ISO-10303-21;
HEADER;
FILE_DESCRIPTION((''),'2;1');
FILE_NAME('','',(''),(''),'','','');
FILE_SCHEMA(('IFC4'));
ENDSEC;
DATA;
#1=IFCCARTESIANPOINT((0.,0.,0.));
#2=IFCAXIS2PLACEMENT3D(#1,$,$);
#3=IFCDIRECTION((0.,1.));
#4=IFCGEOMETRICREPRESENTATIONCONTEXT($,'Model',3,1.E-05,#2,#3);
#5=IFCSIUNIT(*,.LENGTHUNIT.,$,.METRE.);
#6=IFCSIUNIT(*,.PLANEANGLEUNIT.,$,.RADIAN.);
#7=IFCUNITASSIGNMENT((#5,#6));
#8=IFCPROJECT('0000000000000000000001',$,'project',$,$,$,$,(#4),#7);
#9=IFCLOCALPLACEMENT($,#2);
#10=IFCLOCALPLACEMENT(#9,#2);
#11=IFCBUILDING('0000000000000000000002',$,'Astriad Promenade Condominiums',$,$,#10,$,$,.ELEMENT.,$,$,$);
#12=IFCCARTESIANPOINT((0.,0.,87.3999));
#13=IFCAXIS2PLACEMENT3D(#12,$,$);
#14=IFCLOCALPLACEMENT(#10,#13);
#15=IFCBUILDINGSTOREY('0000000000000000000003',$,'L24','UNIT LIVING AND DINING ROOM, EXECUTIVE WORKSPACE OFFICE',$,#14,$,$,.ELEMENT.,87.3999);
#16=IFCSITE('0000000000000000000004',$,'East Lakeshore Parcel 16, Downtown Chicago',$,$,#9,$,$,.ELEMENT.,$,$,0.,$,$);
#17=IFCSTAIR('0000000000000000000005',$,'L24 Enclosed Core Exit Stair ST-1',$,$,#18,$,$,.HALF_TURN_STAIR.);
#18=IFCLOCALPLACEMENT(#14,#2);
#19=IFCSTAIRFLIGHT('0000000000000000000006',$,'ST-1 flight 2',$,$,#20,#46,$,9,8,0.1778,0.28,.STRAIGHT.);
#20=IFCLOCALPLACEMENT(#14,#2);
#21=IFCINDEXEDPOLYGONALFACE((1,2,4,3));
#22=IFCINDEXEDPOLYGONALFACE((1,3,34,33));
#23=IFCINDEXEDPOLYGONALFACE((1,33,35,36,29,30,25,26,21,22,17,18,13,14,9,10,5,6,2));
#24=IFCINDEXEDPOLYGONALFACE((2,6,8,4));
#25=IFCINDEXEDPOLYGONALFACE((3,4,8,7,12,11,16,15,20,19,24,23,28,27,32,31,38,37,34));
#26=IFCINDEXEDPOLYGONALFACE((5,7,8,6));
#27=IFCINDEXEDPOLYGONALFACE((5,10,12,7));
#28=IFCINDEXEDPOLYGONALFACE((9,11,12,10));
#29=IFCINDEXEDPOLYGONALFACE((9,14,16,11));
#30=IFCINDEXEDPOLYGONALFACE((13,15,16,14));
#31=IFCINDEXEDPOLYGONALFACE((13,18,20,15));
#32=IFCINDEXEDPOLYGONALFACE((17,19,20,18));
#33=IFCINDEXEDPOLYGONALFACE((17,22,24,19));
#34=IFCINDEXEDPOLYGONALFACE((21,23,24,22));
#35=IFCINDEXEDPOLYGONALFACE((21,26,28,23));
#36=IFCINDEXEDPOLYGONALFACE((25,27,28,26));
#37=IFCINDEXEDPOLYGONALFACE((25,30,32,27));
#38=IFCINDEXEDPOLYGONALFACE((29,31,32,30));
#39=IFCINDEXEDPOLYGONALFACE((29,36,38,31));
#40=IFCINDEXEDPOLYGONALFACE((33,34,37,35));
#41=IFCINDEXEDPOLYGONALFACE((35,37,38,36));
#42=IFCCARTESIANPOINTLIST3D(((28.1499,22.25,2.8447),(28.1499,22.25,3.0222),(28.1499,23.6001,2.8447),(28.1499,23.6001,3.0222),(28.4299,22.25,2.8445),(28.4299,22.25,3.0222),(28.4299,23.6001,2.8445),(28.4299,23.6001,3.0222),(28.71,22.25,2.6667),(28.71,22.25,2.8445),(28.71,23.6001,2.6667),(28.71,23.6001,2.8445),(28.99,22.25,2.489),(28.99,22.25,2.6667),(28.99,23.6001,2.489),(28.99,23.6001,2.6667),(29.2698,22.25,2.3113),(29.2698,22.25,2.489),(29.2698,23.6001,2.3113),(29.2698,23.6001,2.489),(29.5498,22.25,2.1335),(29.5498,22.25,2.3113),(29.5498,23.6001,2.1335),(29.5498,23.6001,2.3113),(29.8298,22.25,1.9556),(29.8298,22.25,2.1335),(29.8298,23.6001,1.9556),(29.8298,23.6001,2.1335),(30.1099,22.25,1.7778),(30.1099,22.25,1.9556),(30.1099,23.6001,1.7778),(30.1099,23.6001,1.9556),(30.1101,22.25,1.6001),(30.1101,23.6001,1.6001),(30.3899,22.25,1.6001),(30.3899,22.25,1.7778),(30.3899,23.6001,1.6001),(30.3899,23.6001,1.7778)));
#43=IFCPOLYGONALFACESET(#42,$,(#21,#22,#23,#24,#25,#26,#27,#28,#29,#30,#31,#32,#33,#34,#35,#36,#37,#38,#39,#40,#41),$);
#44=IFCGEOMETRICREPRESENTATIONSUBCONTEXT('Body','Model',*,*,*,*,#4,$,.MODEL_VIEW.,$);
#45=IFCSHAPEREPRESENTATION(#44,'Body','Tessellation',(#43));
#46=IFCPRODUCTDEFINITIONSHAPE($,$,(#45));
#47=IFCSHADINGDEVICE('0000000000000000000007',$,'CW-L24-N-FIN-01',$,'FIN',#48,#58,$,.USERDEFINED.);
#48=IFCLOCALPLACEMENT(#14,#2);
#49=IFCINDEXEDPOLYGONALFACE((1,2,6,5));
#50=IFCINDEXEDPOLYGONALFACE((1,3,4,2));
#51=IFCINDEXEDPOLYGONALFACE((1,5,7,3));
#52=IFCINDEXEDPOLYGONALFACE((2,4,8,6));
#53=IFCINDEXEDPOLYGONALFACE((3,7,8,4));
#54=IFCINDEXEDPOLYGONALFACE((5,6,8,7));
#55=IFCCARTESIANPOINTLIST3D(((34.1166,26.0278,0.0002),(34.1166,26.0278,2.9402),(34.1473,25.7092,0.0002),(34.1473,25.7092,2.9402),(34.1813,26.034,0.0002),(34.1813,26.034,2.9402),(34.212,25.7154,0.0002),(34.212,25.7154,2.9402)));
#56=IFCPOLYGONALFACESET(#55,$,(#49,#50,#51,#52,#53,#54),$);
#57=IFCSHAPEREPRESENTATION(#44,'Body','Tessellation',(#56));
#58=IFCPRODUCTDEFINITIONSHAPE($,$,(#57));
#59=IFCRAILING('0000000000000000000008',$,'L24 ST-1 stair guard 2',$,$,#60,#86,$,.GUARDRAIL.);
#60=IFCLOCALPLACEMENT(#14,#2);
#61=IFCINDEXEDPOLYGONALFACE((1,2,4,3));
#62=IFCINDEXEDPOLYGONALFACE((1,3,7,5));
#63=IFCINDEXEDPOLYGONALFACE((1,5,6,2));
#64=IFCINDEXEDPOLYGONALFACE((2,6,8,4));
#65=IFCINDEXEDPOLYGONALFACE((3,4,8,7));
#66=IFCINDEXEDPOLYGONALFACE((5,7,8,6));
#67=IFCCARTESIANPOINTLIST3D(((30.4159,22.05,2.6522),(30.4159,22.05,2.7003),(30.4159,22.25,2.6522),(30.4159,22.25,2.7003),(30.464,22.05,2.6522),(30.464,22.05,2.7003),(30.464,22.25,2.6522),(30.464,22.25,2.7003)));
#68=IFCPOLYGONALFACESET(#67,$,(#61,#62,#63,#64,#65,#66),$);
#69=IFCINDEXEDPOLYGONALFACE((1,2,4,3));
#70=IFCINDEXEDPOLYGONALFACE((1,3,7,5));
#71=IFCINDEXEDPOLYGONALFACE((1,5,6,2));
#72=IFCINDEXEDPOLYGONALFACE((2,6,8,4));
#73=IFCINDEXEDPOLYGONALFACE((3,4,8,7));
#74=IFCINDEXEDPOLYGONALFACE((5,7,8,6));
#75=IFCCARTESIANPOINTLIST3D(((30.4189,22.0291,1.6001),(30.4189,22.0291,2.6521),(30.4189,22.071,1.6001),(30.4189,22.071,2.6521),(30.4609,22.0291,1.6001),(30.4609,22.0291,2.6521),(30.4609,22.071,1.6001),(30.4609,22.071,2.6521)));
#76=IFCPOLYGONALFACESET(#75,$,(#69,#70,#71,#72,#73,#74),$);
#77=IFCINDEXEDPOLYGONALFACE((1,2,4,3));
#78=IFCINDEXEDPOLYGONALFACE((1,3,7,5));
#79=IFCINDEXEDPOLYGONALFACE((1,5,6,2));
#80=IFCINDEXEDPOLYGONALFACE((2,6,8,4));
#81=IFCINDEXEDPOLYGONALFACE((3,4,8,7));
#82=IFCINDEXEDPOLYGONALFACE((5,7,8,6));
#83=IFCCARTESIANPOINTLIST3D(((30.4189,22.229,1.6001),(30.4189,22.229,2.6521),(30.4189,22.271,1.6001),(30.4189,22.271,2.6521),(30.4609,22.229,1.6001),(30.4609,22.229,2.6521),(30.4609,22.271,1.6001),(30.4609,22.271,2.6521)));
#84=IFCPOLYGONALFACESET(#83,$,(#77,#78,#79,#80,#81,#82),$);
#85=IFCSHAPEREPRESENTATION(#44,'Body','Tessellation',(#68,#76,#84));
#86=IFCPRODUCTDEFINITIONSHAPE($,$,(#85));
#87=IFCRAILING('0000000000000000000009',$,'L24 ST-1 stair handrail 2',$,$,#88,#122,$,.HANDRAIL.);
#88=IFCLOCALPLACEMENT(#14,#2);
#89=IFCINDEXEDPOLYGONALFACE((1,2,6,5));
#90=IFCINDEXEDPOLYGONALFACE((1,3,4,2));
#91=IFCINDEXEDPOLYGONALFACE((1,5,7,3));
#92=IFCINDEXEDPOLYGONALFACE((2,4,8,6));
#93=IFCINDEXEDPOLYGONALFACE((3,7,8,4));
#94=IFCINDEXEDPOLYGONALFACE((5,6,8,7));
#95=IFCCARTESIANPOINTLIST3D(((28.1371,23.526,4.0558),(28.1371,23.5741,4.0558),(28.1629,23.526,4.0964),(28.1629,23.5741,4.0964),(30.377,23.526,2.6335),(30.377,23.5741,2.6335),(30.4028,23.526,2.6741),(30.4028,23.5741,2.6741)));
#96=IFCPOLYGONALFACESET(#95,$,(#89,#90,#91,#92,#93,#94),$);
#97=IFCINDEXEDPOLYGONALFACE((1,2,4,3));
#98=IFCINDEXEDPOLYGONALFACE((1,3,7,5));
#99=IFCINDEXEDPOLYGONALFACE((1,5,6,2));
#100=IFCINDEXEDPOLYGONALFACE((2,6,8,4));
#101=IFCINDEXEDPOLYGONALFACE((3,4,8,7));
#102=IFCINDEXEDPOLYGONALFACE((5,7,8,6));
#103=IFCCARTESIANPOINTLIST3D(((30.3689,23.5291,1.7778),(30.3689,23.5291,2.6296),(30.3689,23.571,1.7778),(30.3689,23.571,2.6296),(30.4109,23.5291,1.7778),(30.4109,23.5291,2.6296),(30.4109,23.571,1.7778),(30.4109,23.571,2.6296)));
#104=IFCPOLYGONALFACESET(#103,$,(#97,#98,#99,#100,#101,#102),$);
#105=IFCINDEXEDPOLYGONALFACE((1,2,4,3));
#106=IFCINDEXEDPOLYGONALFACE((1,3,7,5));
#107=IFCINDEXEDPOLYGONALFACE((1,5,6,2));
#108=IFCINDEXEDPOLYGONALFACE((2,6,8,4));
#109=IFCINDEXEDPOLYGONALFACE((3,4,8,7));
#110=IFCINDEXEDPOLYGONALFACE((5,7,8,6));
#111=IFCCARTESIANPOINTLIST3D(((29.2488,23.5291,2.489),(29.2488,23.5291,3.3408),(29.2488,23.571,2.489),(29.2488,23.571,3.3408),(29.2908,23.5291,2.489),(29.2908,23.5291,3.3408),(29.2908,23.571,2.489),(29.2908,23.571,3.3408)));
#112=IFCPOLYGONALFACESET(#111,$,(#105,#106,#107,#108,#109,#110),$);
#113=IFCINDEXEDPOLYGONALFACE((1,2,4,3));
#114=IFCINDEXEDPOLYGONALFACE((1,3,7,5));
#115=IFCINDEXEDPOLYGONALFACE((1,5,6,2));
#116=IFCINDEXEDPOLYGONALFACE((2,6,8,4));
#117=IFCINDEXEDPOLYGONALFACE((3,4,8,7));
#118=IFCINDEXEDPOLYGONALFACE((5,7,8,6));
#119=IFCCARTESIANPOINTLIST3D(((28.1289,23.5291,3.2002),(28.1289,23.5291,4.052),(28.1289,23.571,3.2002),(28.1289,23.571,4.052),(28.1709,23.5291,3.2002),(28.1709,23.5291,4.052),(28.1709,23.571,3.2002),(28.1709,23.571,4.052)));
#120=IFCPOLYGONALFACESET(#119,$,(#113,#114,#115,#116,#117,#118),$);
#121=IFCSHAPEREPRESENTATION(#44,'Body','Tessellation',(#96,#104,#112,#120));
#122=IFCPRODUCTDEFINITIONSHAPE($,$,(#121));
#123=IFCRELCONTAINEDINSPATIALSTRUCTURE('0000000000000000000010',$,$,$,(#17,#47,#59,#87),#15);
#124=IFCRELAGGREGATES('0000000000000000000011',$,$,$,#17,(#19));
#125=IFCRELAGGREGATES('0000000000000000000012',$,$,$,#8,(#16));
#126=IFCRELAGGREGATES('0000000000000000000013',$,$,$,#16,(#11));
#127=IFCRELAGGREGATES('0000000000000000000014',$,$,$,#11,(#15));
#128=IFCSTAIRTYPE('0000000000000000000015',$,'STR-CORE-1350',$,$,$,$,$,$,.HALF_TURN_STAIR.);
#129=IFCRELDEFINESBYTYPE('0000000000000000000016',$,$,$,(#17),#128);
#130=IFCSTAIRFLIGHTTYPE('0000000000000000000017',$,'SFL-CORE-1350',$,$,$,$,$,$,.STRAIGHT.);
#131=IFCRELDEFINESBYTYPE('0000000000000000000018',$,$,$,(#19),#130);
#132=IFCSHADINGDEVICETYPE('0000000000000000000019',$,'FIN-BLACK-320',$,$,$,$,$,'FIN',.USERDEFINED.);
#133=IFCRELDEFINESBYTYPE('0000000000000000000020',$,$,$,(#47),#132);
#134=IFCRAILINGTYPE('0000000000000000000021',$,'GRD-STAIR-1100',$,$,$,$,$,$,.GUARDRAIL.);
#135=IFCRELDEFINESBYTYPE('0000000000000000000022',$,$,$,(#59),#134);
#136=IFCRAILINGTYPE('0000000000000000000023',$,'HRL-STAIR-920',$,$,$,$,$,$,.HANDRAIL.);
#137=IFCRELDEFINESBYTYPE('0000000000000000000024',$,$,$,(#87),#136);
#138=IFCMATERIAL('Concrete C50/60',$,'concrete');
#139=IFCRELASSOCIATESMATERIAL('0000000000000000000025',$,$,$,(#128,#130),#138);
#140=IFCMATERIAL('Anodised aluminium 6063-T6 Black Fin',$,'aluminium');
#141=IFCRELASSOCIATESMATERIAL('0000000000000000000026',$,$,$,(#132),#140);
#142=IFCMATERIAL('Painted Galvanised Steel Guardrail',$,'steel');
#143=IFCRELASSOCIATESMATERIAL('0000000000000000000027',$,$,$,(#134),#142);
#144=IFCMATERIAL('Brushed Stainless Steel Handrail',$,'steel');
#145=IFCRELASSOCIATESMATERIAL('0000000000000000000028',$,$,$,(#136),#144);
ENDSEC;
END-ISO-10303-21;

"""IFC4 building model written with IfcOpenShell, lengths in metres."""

from ifc_helpers import new_model, si_unit, direction, frame, origin, origin_2d, place, context, subcontext, project, spatial, polyline, rectangle, outline, extrude, source, transform, mapped, material, type_object, type_shapes, element, aggregate, save


model = new_model("IFC4")

# Units and contexts
model_context = context("Model", 3, precision=1e-05, world=origin(), true_north=direction((0.0, 1.0)))
body_context = subcontext(model_context, "Body", "Model", "MODEL_VIEW")
ifc_project = project(units=[si_unit("LENGTHUNIT", "METRE"), si_unit("PLANEANGLEUNIT", "RADIAN")], contexts=[model_context])

# Site, building, storey
site_placement = place(None, origin())
site = spatial("IfcSite", under=ifc_project, at=site_placement, Name="East Lakeshore Parcel 16, Downtown Chicago", CompositionType="ELEMENT", RefElevation=0.0)
building_placement = place(site_placement, origin())
building = spatial("IfcBuilding", under=site, at=building_placement, Name="Astriad Promenade Condominiums", CompositionType="ELEMENT")
storey_placement = place(building_placement, frame((0.0, 0.0, 87.3999)))
storey = spatial("IfcBuildingStorey", under=building, at=storey_placement, Name="L24", Description="UNIT LIVING AND DINING ROOM, EXECUTIVE WORKSPACE OFFICE", CompositionType="ELEMENT", Elevation=87.3999)

# Shared definitions
ifc_material_1 = material(Name="Concrete C50/60", Category="concrete")

# Stair, stair flight
stair_type = type_object("IfcStairType", Name="STR-CORE-1350", PredefinedType="HALF_TURN_STAIR", material=ifc_material_1)
stair_placement = place(storey_placement, origin())
stair = element("IfcStair", 1, at=stair_placement, inside=storey, type_object=stair_type, Name="L24 Enclosed Core Exit Stair ST-1", PredefinedType="HALF_TURN_STAIR")
stair_flight_type = type_object("IfcStairFlightType", Name="SFL-CORE-1350", PredefinedType="STRAIGHT", material=ifc_material_1)
shared_shape_1 = source(origin(), body_context, "Body", "SweptSolid", [
    extrude(outline(polyline([(0.0, 0.0), (0.0, 0.1777), (0.28, 0.1777), (0.28, 0.3555), (0.5601, 0.3555), (0.5601, 0.5334), (0.8401, 0.5334), (0.8401, 0.7112), (1.1201, 0.7112), (1.1201, 0.8889), (1.3999, 0.8889), (1.3999, 1.0667), (1.6799, 1.0667), (1.6799, 1.2444), (1.96, 1.2444), (1.96, 1.4221), (2.24, 1.4221), (2.24, 1.6001), (2.24, 1.2446), (0.2798, 0.0), (0.0, 0.0)])), frame((0.0, 0.675, 0.0), z_axis=(0.0, -1.0, 0.0), x_axis=(1.0, 0.0, 0.0)), (0.0, 0.0, 1.0), 1.3501),
])
type_shapes(stair_flight_type, [shared_shape_1])
stair_flight_placement = place(storey_placement, frame((30.3899, 22.925, 1.6001), z_axis=(0.0, 0.0, 1.0), x_axis=(-1.0, 0.0, 0.0)))
stair_flight = element("IfcStairFlight", 2, at=stair_flight_placement, type_object=stair_flight_type, Name="ST-1 flight 2", NumberOfRisers=9, NumberOfTreads=8, PredefinedType="STRAIGHT", RiserHeight=0.1778, TreadLength=0.28, context=body_context, shape_type="MappedRepresentation", body=[
    mapped(shared_shape_1, transform((0.0, 0.0, 0.0), scale=1.0)),
])
aggregate(stair, [stair_flight])

# Shading device
ifc_material_2 = material(Name="Anodised aluminium 6063-T6 Black Fin", Category="aluminium")
shading_device_type = type_object("IfcShadingDeviceType", Name="FIN-BLACK-320", ElementType="FIN", PredefinedType="USERDEFINED", material=ifc_material_2)
shared_shape_2 = source(origin(), body_context, "Body", "SweptSolid", [
    extrude(rectangle(XDim=0.0649, YDim=0.3201, at=origin_2d()), origin(), (0.0, 0.0, 1.0), 2.9399),
])
type_shapes(shading_device_type, [shared_shape_2])
shading_device_placement = place(storey_placement, frame((34.1643, 25.8716, 0.0002), z_axis=(0.0, 0.0, 1.0), x_axis=(0.995396, 0.095846, 0.0)))
element("IfcShadingDevice", 3, at=shading_device_placement, inside=storey, type_object=shading_device_type, Name="CW-L24-N-FIN-01", ObjectType="FIN", PredefinedType="USERDEFINED", context=body_context, shape_type="MappedRepresentation", body=[
    mapped(shared_shape_2, transform((0.0, 0.0, 0.0), scale=1.0)),
])

# Railings
ifc_material_3 = material(Name="Painted Galvanised Steel Guardrail", Category="steel")
railing_type_1 = type_object("IfcRailingType", Name="GRD-STAIR-1100", PredefinedType="GUARDRAIL", material=ifc_material_3)
shared_shape_3 = source(origin(), body_context, "Body", "SweptSolid", [
    extrude(rectangle(XDim=0.0481, YDim=0.0481, at=origin_2d()), frame((0.0, 0.0, 1.0762), z_axis=(0.0, 1.0, 0.0), x_axis=(-1.0, 0.0, 0.0)), (0.0, 0.0, 1.0), 0.2),
    extrude(rectangle(XDim=0.042, YDim=0.042, at=origin_2d()), origin(), (0.0, 0.0, 1.0), 1.052),
    extrude(rectangle(XDim=0.042, YDim=0.042, at=origin_2d()), frame((0.0, 0.2, 0.0)), (0.0, 0.0, 1.0), 1.052),
])
type_shapes(railing_type_1, [shared_shape_3])
railing_1_placement = place(storey_placement, frame((30.4399, 22.05, 1.6001)))
element("IfcRailing", 4, at=railing_1_placement, inside=storey, type_object=railing_type_1, Name="L24 ST-1 stair guard 2", PredefinedType="GUARDRAIL", context=body_context, shape_type="MappedRepresentation", body=[
    mapped(shared_shape_3, transform((0.0, 0.0, 0.0), scale=1.0)),
])
ifc_material_4 = material(Name="Brushed Stainless Steel Handrail", Category="steel")
railing_type_2 = type_object("IfcRailingType", Name="HRL-STAIR-920", PredefinedType="HANDRAIL", material=ifc_material_4)
shared_shape_4 = source(origin(), body_context, "Body", "SweptSolid", [
    extrude(rectangle(XDim=0.0481, YDim=0.0481, at=origin_2d()), frame((0.0, 0.0, 0.876), z_axis=(-0.844188, 0.0, 0.536048), x_axis=(0.0, -1.0, 0.0)), (0.0, 0.0, 1.0), 2.6533),
    extrude(rectangle(XDim=0.042, YDim=0.042, at=origin_2d()), origin(), (0.0, 0.0, 1.0), 0.8518),
    extrude(rectangle(XDim=0.042, YDim=0.042, at=origin_2d()), frame((-1.1201, 0.0, 0.7112)), (0.0, 0.0, 1.0), 0.8518),
    extrude(rectangle(XDim=0.042, YDim=0.042, at=origin_2d()), frame((-2.24, 0.0, 1.4224)), (0.0, 0.0, 1.0), 0.8518),
])
type_shapes(railing_type_2, [shared_shape_4])
railing_2_placement = place(storey_placement, frame((30.3899, 23.55, 1.7778)))
element("IfcRailing", 5, at=railing_2_placement, inside=storey, type_object=railing_type_2, Name="L24 ST-1 stair handrail 2", PredefinedType="HANDRAIL", context=body_context, shape_type="MappedRepresentation", body=[
    mapped(shared_shape_4, transform((0.0, 0.0, 0.0), scale=1.0)),
])

save(model, "model.ifc")
